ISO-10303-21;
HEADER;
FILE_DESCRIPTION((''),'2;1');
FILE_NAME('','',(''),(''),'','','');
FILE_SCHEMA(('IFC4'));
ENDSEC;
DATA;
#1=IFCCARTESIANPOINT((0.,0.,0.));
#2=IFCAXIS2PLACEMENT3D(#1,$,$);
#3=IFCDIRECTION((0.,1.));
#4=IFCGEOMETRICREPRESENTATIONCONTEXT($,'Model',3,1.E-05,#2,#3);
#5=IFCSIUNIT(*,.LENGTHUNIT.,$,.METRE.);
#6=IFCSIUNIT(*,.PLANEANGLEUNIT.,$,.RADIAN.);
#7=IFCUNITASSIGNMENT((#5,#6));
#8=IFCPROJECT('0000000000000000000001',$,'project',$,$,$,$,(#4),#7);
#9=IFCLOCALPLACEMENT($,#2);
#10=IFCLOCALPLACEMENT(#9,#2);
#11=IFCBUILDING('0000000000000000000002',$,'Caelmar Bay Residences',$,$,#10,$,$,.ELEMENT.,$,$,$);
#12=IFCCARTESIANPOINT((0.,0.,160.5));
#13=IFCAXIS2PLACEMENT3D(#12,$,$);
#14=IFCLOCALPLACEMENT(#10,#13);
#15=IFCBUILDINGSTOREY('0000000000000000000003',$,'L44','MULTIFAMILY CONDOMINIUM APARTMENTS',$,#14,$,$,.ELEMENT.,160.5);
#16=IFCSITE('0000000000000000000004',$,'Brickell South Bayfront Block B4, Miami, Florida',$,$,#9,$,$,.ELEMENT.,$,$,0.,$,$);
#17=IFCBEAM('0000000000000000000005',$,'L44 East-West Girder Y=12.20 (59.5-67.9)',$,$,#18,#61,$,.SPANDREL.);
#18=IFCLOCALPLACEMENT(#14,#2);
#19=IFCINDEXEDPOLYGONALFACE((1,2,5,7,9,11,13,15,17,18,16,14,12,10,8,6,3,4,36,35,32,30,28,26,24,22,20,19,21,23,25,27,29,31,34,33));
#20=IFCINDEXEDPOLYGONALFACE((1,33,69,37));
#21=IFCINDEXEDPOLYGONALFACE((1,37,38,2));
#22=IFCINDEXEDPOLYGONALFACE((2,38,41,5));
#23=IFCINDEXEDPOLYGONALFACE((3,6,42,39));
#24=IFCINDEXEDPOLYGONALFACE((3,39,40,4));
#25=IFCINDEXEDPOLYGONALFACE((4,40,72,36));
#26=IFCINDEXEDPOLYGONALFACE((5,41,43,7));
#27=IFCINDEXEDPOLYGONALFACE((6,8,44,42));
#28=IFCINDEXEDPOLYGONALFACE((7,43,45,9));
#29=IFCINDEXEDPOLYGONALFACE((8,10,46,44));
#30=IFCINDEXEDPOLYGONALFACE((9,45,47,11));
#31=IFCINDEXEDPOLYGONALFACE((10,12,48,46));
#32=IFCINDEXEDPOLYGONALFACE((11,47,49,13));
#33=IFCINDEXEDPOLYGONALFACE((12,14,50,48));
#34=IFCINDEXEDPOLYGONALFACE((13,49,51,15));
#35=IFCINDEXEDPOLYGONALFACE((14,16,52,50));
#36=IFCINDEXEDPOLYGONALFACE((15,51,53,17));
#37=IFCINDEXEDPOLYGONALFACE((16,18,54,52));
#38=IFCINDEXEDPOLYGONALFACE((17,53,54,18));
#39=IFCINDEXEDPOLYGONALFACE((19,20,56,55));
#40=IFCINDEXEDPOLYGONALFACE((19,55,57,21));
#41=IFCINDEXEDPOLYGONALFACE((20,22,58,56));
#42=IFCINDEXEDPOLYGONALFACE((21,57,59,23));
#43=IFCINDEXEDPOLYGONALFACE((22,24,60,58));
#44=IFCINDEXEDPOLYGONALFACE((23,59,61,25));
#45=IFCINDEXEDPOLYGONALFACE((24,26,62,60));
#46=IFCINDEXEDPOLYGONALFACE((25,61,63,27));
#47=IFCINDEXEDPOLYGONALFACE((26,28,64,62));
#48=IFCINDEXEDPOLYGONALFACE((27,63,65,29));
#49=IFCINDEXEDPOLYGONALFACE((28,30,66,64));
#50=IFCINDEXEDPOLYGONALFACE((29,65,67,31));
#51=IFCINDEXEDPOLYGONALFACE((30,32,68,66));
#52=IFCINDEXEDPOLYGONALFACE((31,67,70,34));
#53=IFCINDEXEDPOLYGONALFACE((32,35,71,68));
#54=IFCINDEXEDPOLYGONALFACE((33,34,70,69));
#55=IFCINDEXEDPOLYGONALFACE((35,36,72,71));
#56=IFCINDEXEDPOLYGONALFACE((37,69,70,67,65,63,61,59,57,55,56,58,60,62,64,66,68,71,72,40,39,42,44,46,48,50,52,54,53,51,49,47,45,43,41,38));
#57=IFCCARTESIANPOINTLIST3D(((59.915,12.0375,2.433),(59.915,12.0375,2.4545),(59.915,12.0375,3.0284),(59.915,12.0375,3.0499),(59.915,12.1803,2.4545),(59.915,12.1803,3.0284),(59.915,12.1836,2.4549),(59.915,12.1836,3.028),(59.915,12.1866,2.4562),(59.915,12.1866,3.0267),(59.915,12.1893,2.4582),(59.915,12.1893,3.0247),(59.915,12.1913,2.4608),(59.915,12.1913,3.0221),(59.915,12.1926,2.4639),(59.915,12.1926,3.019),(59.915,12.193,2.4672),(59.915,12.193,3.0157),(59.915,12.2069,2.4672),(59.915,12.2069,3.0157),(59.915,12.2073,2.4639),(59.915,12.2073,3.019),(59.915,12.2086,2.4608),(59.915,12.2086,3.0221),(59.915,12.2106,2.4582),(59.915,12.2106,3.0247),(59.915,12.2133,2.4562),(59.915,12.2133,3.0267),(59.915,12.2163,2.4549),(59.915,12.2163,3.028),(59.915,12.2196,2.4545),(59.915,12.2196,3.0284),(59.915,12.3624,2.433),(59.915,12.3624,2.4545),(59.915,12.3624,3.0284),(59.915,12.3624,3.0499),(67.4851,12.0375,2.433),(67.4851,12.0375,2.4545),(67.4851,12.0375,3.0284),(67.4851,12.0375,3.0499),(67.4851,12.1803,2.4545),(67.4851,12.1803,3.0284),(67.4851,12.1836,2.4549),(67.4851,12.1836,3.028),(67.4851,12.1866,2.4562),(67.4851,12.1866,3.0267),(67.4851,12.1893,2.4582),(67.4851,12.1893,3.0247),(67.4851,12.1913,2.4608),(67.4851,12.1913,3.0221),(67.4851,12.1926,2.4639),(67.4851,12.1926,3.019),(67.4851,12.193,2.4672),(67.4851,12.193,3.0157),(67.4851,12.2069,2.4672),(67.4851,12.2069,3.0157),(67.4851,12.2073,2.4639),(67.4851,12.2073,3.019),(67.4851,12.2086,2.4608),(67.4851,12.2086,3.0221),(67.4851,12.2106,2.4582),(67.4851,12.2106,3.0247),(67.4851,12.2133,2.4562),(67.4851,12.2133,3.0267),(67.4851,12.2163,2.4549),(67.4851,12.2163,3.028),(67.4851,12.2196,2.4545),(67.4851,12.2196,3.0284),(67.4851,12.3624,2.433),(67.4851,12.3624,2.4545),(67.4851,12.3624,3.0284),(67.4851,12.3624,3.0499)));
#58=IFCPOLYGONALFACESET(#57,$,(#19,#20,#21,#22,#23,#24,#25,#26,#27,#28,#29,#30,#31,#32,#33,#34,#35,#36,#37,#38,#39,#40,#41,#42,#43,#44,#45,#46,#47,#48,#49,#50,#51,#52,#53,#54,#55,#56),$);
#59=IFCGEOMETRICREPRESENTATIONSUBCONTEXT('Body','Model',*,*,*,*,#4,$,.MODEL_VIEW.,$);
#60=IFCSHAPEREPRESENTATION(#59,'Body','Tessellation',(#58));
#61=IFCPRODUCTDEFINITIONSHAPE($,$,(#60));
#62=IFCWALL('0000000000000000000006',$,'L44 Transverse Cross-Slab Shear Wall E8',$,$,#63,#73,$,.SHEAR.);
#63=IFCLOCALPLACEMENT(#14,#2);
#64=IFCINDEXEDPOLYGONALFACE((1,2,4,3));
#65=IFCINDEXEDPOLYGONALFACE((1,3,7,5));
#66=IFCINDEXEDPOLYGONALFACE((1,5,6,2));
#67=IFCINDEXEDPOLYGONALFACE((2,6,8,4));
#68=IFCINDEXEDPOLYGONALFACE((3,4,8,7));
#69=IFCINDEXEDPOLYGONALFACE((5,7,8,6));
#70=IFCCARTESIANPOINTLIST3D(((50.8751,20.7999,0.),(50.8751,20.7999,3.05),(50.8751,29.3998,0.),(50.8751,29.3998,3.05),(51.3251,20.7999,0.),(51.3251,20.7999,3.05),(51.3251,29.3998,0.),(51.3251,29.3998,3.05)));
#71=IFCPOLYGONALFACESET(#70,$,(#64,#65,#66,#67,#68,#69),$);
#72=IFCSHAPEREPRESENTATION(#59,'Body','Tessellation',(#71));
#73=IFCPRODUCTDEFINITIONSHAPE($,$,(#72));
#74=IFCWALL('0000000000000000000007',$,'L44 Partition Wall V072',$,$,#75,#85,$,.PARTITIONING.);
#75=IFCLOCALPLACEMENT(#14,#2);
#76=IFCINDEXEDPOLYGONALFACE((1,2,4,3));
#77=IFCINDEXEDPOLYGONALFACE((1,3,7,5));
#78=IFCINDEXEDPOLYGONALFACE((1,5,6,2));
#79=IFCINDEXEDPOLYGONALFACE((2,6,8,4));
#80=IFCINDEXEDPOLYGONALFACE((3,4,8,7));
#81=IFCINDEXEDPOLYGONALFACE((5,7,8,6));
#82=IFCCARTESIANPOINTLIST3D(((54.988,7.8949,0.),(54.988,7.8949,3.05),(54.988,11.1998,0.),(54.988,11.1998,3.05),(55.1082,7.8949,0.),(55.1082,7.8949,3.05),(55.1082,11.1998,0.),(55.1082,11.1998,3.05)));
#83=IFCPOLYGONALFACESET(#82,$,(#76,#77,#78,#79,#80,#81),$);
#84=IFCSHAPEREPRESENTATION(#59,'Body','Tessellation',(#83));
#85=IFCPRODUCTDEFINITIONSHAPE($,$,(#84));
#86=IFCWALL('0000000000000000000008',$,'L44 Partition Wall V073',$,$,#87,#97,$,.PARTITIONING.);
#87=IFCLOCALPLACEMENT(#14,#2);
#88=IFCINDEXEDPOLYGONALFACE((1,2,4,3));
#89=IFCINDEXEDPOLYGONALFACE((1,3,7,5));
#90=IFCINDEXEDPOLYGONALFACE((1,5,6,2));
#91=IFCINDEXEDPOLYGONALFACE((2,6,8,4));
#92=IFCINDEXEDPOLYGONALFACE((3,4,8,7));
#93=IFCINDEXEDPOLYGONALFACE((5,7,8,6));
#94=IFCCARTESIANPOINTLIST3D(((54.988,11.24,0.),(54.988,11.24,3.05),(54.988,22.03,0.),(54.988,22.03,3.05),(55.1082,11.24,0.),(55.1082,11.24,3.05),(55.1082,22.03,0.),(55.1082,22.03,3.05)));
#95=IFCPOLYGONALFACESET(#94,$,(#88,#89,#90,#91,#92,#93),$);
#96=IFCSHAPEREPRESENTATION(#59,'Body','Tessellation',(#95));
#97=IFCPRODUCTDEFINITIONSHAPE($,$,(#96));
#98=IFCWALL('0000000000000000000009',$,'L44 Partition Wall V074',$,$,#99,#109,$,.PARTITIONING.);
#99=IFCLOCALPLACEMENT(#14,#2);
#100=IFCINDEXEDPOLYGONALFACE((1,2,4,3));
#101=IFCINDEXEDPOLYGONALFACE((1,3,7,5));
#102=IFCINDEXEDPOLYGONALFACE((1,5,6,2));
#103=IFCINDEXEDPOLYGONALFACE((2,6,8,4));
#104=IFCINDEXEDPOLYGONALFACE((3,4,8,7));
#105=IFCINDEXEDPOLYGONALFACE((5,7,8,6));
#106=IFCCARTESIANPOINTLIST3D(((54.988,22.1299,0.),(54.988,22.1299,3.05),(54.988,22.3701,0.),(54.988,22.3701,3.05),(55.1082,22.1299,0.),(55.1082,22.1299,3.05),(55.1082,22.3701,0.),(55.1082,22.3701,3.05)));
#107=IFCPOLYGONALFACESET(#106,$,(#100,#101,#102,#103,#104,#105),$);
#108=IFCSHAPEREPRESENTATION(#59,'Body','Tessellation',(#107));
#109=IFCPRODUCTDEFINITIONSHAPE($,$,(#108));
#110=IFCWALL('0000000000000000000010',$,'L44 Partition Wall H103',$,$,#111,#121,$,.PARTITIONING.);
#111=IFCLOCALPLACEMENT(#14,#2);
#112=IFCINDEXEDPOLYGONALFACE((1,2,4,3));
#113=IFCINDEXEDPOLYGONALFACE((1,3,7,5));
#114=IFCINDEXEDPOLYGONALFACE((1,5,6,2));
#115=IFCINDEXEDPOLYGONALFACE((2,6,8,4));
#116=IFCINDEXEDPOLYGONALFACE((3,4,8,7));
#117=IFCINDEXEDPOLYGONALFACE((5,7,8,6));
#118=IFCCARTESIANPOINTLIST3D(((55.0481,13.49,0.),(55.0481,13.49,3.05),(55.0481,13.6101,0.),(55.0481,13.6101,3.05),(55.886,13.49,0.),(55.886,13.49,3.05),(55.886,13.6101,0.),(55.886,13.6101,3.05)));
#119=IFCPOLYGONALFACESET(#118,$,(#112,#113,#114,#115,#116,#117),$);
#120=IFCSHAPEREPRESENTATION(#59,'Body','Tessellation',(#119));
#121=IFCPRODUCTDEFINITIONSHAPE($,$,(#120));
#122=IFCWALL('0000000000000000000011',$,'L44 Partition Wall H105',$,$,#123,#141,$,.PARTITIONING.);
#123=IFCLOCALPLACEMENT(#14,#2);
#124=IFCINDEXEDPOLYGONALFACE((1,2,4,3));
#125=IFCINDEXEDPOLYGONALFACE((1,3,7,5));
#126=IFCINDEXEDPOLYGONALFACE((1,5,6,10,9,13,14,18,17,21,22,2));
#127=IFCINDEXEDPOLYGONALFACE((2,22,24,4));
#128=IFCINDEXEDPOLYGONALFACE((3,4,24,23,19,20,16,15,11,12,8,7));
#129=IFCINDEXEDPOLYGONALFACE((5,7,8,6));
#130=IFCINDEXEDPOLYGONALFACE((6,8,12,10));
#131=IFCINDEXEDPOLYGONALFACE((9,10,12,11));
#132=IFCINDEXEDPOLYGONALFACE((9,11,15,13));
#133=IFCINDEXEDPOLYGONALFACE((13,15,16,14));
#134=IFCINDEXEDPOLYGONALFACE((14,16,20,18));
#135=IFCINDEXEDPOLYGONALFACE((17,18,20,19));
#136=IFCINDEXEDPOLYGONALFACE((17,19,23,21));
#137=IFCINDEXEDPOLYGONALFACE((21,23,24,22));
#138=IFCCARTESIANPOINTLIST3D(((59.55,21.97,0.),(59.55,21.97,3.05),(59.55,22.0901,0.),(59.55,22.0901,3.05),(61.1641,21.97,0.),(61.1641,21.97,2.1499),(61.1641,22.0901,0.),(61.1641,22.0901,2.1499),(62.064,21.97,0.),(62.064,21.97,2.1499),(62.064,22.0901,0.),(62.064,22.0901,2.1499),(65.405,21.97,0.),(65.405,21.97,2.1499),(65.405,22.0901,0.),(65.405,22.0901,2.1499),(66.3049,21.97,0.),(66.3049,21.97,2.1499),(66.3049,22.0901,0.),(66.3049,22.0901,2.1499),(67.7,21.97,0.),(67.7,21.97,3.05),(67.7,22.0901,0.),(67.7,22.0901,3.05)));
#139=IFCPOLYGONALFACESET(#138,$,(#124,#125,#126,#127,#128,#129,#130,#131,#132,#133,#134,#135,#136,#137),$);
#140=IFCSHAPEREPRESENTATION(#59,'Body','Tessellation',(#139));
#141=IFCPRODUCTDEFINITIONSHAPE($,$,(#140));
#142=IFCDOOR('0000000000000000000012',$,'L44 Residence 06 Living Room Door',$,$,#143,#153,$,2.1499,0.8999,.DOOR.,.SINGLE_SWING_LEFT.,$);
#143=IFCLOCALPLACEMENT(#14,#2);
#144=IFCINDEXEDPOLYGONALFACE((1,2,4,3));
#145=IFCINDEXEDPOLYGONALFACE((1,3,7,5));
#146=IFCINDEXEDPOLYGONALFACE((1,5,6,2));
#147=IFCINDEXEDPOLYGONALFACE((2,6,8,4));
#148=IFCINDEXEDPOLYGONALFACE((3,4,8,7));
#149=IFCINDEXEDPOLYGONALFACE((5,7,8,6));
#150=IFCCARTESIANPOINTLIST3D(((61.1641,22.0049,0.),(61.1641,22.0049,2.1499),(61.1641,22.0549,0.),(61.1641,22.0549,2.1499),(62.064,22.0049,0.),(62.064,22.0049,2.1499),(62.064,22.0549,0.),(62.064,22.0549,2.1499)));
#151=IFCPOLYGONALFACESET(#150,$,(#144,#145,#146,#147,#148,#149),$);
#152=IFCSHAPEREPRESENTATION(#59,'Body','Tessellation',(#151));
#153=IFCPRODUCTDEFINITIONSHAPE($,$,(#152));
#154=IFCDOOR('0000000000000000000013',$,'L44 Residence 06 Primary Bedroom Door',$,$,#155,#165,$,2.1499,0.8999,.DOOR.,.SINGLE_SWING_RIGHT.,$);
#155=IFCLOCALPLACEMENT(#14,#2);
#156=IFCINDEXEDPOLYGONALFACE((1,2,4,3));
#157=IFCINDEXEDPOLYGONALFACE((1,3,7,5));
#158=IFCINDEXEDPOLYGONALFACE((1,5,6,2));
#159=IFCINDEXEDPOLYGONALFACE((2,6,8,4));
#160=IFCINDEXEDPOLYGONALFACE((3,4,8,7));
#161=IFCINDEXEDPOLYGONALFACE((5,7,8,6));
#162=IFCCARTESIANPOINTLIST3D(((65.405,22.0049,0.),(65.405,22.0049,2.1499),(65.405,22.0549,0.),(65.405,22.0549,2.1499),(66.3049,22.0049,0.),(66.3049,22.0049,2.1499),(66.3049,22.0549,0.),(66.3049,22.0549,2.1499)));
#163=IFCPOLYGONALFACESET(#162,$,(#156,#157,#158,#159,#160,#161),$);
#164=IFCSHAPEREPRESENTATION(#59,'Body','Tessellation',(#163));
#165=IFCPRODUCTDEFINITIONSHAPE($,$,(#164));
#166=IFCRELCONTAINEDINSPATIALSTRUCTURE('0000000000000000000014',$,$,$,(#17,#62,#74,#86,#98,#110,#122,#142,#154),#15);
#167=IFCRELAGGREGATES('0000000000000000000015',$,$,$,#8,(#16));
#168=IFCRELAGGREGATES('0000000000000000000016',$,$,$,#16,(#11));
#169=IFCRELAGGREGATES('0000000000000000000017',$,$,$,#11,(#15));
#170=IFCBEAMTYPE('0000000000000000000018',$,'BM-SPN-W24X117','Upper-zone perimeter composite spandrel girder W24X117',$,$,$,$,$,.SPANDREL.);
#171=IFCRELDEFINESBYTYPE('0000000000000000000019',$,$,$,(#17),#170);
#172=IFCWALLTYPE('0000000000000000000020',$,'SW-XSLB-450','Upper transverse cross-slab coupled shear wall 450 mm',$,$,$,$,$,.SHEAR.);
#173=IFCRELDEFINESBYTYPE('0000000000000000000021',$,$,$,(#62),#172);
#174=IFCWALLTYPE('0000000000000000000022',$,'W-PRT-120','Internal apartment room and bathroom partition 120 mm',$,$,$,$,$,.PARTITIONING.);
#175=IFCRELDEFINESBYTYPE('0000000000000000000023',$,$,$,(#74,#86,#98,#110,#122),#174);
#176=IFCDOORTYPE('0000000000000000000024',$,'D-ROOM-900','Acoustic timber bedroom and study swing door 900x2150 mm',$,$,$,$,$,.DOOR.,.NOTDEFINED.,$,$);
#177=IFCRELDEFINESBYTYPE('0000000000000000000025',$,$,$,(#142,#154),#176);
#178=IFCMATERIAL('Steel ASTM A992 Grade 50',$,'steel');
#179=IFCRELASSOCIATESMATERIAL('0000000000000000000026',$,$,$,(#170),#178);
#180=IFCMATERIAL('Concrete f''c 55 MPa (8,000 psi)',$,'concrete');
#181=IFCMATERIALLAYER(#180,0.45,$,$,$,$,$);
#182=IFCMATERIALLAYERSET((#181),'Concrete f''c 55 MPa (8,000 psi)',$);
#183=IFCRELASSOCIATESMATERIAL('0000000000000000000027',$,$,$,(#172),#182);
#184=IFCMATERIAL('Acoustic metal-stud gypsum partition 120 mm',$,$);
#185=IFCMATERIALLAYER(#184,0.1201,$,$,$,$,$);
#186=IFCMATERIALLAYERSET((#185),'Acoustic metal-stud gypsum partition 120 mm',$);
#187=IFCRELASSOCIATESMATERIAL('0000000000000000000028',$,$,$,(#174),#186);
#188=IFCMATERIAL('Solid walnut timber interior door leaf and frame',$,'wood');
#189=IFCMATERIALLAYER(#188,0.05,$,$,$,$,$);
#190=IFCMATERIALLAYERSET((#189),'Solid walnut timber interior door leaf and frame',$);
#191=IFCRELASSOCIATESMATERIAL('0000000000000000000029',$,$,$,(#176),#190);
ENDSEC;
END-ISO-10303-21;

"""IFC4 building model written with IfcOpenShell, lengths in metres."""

from ifc_helpers import new_model, si_unit, direction, frame, frame_2d, origin, origin_2d, place, context, subcontext, project, spatial, rectangle, i_section, extrude, material, layer, layer_set, material_profile, profile_set, type_object, element, fill, save


model = new_model("IFC4")

# Units and contexts
model_context = context("Model", 3, precision=1e-05, world=origin(), true_north=direction((0.0, 1.0)))
body_context = subcontext(model_context, "Body", "Model", "MODEL_VIEW")
ifc_project = project(units=[si_unit("LENGTHUNIT", "METRE"), si_unit("PLANEANGLEUNIT", "RADIAN")], contexts=[model_context])

# Site, building, storey
site_placement = place(None, origin())
site = spatial("IfcSite", under=ifc_project, at=site_placement, Name="Brickell South Bayfront Block B4, Miami, Florida", CompositionType="ELEMENT", RefElevation=0.0)
building_placement = place(site_placement, origin())
building = spatial("IfcBuilding", under=site, at=building_placement, Name="Caelmar Bay Residences", CompositionType="ELEMENT")
storey_placement = place(building_placement, frame((0.0, 0.0, 160.5)))
storey = spatial("IfcBuildingStorey", under=building, at=storey_placement, Name="L44", Description="MULTIFAMILY CONDOMINIUM APARTMENTS", CompositionType="ELEMENT", Elevation=160.5)

# Shared definitions
ifc_material_1 = material(Name="Concrete f'c 55 MPa (8,000 psi)", Category="concrete")

# Beam
ifc_material_2 = material(Name="Steel ASTM A992 Grade 50", Category="steel")
ifc_material_profile_1 = material_profile(ifc_material_2, i_section(OverallWidth=0.325, OverallDepth=0.6169, WebThickness=0.0139, FlangeThickness=0.0215, FilletRadius=0.0127, at=origin_2d()), Name="W24X117")
ifc_profile_set_1 = profile_set([ifc_material_profile_1], Name="Steel ASTM A992 Grade 50")
beam_type_1 = type_object("IfcBeamType", Name="BM-SPN-W24X117", Description="Upper-zone perimeter composite spandrel girder W24X117", PredefinedType="SPANDREL", material=ifc_profile_set_1)
for number, where, z_axis, x_axis, name in (
    (1, (59.915, 12.2, 2.7415), (1.0, 0.0, 0.0), (0.0, 1.0, 0.0), "L44 East-West Girder Y=12.20 (59.5-67.9)"),
):
    element("IfcBeam", number, at=place(storey_placement, frame(where, z_axis=z_axis, x_axis=x_axis)), inside=storey, type_object=beam_type_1, Name=name, PredefinedType="SPANDREL", context=body_context, shape_type="SweptSolid", body=[
        extrude(i_section(OverallWidth=0.325, OverallDepth=0.6169, WebThickness=0.0139, FlangeThickness=0.0215, FilletRadius=0.0127, at=origin_2d()), origin(), (0.0, 0.0, 1.0), 7.5701),
    ])

# Walls
ifc_layer_1 = layer(ifc_material_1, 0.45)
ifc_layer_set_1 = layer_set([ifc_layer_1], Name="Concrete f'c 55 MPa (8,000 psi)")
wall_type_1 = type_object("IfcWallType", Name="SW-XSLB-450", Description="Upper transverse cross-slab coupled shear wall 450 mm", PredefinedType="SHEAR", material=ifc_layer_set_1)
wall_1_placement = place(storey_placement, frame((51.1001, 20.8, 0.0), z_axis=(0.0, 0.0, 1.0), x_axis=(0.0, 1.0, 0.0)))
element("IfcWall", 2, at=wall_1_placement, inside=storey, type_object=wall_type_1, Name="L44 Transverse Cross-Slab Shear Wall E8", PredefinedType="SHEAR", context=body_context, shape_type="SweptSolid", body=[
    extrude(rectangle(XDim=8.5999, YDim=0.45, at=frame_2d((4.2998, 0.0))), origin(), (0.0, 0.0, 1.0), 3.05),
])
ifc_material_3 = material(Name="Acoustic metal-stud gypsum partition 120 mm")
ifc_layer_2 = layer(ifc_material_3, 0.1201)
ifc_layer_set_2 = layer_set([ifc_layer_2], Name="Acoustic metal-stud gypsum partition 120 mm")
wall_type_2 = type_object("IfcWallType", Name="W-PRT-120", Description="Internal apartment room and bathroom partition 120 mm", PredefinedType="PARTITIONING", material=ifc_layer_set_2)
wall_2_placement = place(storey_placement, frame((55.0481, 7.895, 0.0), z_axis=(0.0, 0.0, 1.0), x_axis=(0.0, 1.0, 0.0)))
element("IfcWall", 3, at=wall_2_placement, inside=storey, type_object=wall_type_2, Name="L44 Partition Wall V072", PredefinedType="PARTITIONING", context=body_context, shape_type="SweptSolid", body=[
    extrude(rectangle(XDim=3.3049, YDim=0.1201, at=frame_2d((1.6523, 0.0))), origin(), (0.0, 0.0, 1.0), 3.05),
])
wall_3_placement = place(storey_placement, frame((55.0481, 11.24, 0.0), z_axis=(0.0, 0.0, 1.0), x_axis=(0.0, 1.0, 0.0)))
element("IfcWall", 4, at=wall_3_placement, inside=storey, type_object=wall_type_2, Name="L44 Partition Wall V073", PredefinedType="PARTITIONING", context=body_context, shape_type="SweptSolid", body=[
    extrude(rectangle(XDim=10.79, YDim=0.1201, at=frame_2d((5.395, 0.0))), origin(), (0.0, 0.0, 1.0), 3.05),
])
wall_4_placement = place(storey_placement, frame((55.0481, 22.1299, 0.0), z_axis=(0.0, 0.0, 1.0), x_axis=(0.0, 1.0, 0.0)))
element("IfcWall", 5, at=wall_4_placement, inside=storey, type_object=wall_type_2, Name="L44 Partition Wall V074", PredefinedType="PARTITIONING", context=body_context, shape_type="SweptSolid", body=[
    extrude(rectangle(XDim=0.2402, YDim=0.1201, at=frame_2d((0.1201, 0.0))), origin(), (0.0, 0.0, 1.0), 3.05),
])
wall_5_placement = place(storey_placement, frame((55.0481, 13.55, 0.0), z_axis=(0.0, 0.0, 1.0), x_axis=(1.0, 0.0, 0.0)))
element("IfcWall", 6, at=wall_5_placement, inside=storey, type_object=wall_type_2, Name="L44 Partition Wall H103", PredefinedType="PARTITIONING", context=body_context, shape_type="SweptSolid", body=[
    extrude(rectangle(XDim=0.8379, YDim=0.1201, at=frame_2d((0.4189, 0.0))), origin(), (0.0, 0.0, 1.0), 3.05),
])

# Shared definitions
ifc_material_4 = material(Name="Solid walnut timber interior door leaf and frame", Category="wood")
ifc_layer_3 = layer(ifc_material_4, 0.05)
ifc_layer_set_3 = layer_set([ifc_layer_3], Name="Solid walnut timber interior door leaf and frame")
door_type = type_object("IfcDoorType", Name="D-ROOM-900", Description="Acoustic timber bedroom and study swing door 900x2150 mm", OperationType="NOTDEFINED", PredefinedType="DOOR", material=ifc_layer_set_3)

# Wall, openings, doors
wall_6_placement = place(storey_placement, frame((59.55, 22.03, 0.0), z_axis=(0.0, 0.0, 1.0), x_axis=(1.0, 0.0, 0.0)))
wall_6 = element("IfcWall", 7, at=wall_6_placement, inside=storey, type_object=wall_type_2, Name="L44 Partition Wall H105", PredefinedType="PARTITIONING", context=body_context, shape_type="SweptSolid", body=[
    extrude(rectangle(XDim=8.1499, YDim=0.1201, at=frame_2d((4.075, 0.0))), origin(), (0.0, 0.0, 1.0), 3.05),
])
opening_1_placement = place(wall_6_placement, frame((1.614, 0.0, 0.0)))
opening_1 = element("IfcOpeningElement", 8, at=opening_1_placement, cuts=wall_6, PredefinedType="OPENING", context=body_context, shape_type="SweptSolid", body=[
    extrude(rectangle(XDim=0.8999, YDim=2.1499, at=frame_2d((0.45, 1.075))), frame((0.0, 0.0701, 0.0), z_axis=(0.0, -1.0, 0.0), x_axis=(1.0, 0.0, 0.0)), (0.0, 0.0, 1.0), 0.1401),
])
opening_2_placement = place(wall_6_placement, frame((5.855, 0.0, 0.0)))
opening_2 = element("IfcOpeningElement", 9, at=opening_2_placement, cuts=wall_6, PredefinedType="OPENING", context=body_context, shape_type="SweptSolid", body=[
    extrude(rectangle(XDim=0.8999, YDim=2.1499, at=frame_2d((0.45, 1.075))), frame((0.0, 0.0701, 0.0), z_axis=(0.0, -1.0, 0.0), x_axis=(1.0, 0.0, 0.0)), (0.0, 0.0, 1.0), 0.1401),
])
door_1_placement = place(opening_1_placement, origin())
door_1 = element("IfcDoor", 10, at=door_1_placement, inside=storey, type_object=door_type, Name="L44 Residence 06 Living Room Door", OperationType="SINGLE_SWING_LEFT", OverallHeight=2.1499, OverallWidth=0.8999, PredefinedType="DOOR", context=body_context, shape_type="SweptSolid", body=[
    extrude(rectangle(XDim=0.8999, YDim=2.1499, at=frame_2d((0.45, 1.075))), frame((0.0, 0.0249, 0.0), z_axis=(0.0, -1.0, 0.0), x_axis=(1.0, 0.0, 0.0)), (0.0, 0.0, 1.0), 0.05),
])
fill(opening_1, door_1)
door_2_placement = place(opening_2_placement, origin())
door_2 = element("IfcDoor", 11, at=door_2_placement, inside=storey, type_object=door_type, Name="L44 Residence 06 Primary Bedroom Door", OperationType="SINGLE_SWING_RIGHT", OverallHeight=2.1499, OverallWidth=0.8999, PredefinedType="DOOR", context=body_context, shape_type="SweptSolid", body=[
    extrude(rectangle(XDim=0.8999, YDim=2.1499, at=frame_2d((0.45, 1.075))), frame((0.0, 0.0249, 0.0), z_axis=(0.0, -1.0, 0.0), x_axis=(1.0, 0.0, 0.0)), (0.0, 0.0, 1.0), 0.05),
])
fill(opening_2, door_2)

save(model, "model.ifc")
